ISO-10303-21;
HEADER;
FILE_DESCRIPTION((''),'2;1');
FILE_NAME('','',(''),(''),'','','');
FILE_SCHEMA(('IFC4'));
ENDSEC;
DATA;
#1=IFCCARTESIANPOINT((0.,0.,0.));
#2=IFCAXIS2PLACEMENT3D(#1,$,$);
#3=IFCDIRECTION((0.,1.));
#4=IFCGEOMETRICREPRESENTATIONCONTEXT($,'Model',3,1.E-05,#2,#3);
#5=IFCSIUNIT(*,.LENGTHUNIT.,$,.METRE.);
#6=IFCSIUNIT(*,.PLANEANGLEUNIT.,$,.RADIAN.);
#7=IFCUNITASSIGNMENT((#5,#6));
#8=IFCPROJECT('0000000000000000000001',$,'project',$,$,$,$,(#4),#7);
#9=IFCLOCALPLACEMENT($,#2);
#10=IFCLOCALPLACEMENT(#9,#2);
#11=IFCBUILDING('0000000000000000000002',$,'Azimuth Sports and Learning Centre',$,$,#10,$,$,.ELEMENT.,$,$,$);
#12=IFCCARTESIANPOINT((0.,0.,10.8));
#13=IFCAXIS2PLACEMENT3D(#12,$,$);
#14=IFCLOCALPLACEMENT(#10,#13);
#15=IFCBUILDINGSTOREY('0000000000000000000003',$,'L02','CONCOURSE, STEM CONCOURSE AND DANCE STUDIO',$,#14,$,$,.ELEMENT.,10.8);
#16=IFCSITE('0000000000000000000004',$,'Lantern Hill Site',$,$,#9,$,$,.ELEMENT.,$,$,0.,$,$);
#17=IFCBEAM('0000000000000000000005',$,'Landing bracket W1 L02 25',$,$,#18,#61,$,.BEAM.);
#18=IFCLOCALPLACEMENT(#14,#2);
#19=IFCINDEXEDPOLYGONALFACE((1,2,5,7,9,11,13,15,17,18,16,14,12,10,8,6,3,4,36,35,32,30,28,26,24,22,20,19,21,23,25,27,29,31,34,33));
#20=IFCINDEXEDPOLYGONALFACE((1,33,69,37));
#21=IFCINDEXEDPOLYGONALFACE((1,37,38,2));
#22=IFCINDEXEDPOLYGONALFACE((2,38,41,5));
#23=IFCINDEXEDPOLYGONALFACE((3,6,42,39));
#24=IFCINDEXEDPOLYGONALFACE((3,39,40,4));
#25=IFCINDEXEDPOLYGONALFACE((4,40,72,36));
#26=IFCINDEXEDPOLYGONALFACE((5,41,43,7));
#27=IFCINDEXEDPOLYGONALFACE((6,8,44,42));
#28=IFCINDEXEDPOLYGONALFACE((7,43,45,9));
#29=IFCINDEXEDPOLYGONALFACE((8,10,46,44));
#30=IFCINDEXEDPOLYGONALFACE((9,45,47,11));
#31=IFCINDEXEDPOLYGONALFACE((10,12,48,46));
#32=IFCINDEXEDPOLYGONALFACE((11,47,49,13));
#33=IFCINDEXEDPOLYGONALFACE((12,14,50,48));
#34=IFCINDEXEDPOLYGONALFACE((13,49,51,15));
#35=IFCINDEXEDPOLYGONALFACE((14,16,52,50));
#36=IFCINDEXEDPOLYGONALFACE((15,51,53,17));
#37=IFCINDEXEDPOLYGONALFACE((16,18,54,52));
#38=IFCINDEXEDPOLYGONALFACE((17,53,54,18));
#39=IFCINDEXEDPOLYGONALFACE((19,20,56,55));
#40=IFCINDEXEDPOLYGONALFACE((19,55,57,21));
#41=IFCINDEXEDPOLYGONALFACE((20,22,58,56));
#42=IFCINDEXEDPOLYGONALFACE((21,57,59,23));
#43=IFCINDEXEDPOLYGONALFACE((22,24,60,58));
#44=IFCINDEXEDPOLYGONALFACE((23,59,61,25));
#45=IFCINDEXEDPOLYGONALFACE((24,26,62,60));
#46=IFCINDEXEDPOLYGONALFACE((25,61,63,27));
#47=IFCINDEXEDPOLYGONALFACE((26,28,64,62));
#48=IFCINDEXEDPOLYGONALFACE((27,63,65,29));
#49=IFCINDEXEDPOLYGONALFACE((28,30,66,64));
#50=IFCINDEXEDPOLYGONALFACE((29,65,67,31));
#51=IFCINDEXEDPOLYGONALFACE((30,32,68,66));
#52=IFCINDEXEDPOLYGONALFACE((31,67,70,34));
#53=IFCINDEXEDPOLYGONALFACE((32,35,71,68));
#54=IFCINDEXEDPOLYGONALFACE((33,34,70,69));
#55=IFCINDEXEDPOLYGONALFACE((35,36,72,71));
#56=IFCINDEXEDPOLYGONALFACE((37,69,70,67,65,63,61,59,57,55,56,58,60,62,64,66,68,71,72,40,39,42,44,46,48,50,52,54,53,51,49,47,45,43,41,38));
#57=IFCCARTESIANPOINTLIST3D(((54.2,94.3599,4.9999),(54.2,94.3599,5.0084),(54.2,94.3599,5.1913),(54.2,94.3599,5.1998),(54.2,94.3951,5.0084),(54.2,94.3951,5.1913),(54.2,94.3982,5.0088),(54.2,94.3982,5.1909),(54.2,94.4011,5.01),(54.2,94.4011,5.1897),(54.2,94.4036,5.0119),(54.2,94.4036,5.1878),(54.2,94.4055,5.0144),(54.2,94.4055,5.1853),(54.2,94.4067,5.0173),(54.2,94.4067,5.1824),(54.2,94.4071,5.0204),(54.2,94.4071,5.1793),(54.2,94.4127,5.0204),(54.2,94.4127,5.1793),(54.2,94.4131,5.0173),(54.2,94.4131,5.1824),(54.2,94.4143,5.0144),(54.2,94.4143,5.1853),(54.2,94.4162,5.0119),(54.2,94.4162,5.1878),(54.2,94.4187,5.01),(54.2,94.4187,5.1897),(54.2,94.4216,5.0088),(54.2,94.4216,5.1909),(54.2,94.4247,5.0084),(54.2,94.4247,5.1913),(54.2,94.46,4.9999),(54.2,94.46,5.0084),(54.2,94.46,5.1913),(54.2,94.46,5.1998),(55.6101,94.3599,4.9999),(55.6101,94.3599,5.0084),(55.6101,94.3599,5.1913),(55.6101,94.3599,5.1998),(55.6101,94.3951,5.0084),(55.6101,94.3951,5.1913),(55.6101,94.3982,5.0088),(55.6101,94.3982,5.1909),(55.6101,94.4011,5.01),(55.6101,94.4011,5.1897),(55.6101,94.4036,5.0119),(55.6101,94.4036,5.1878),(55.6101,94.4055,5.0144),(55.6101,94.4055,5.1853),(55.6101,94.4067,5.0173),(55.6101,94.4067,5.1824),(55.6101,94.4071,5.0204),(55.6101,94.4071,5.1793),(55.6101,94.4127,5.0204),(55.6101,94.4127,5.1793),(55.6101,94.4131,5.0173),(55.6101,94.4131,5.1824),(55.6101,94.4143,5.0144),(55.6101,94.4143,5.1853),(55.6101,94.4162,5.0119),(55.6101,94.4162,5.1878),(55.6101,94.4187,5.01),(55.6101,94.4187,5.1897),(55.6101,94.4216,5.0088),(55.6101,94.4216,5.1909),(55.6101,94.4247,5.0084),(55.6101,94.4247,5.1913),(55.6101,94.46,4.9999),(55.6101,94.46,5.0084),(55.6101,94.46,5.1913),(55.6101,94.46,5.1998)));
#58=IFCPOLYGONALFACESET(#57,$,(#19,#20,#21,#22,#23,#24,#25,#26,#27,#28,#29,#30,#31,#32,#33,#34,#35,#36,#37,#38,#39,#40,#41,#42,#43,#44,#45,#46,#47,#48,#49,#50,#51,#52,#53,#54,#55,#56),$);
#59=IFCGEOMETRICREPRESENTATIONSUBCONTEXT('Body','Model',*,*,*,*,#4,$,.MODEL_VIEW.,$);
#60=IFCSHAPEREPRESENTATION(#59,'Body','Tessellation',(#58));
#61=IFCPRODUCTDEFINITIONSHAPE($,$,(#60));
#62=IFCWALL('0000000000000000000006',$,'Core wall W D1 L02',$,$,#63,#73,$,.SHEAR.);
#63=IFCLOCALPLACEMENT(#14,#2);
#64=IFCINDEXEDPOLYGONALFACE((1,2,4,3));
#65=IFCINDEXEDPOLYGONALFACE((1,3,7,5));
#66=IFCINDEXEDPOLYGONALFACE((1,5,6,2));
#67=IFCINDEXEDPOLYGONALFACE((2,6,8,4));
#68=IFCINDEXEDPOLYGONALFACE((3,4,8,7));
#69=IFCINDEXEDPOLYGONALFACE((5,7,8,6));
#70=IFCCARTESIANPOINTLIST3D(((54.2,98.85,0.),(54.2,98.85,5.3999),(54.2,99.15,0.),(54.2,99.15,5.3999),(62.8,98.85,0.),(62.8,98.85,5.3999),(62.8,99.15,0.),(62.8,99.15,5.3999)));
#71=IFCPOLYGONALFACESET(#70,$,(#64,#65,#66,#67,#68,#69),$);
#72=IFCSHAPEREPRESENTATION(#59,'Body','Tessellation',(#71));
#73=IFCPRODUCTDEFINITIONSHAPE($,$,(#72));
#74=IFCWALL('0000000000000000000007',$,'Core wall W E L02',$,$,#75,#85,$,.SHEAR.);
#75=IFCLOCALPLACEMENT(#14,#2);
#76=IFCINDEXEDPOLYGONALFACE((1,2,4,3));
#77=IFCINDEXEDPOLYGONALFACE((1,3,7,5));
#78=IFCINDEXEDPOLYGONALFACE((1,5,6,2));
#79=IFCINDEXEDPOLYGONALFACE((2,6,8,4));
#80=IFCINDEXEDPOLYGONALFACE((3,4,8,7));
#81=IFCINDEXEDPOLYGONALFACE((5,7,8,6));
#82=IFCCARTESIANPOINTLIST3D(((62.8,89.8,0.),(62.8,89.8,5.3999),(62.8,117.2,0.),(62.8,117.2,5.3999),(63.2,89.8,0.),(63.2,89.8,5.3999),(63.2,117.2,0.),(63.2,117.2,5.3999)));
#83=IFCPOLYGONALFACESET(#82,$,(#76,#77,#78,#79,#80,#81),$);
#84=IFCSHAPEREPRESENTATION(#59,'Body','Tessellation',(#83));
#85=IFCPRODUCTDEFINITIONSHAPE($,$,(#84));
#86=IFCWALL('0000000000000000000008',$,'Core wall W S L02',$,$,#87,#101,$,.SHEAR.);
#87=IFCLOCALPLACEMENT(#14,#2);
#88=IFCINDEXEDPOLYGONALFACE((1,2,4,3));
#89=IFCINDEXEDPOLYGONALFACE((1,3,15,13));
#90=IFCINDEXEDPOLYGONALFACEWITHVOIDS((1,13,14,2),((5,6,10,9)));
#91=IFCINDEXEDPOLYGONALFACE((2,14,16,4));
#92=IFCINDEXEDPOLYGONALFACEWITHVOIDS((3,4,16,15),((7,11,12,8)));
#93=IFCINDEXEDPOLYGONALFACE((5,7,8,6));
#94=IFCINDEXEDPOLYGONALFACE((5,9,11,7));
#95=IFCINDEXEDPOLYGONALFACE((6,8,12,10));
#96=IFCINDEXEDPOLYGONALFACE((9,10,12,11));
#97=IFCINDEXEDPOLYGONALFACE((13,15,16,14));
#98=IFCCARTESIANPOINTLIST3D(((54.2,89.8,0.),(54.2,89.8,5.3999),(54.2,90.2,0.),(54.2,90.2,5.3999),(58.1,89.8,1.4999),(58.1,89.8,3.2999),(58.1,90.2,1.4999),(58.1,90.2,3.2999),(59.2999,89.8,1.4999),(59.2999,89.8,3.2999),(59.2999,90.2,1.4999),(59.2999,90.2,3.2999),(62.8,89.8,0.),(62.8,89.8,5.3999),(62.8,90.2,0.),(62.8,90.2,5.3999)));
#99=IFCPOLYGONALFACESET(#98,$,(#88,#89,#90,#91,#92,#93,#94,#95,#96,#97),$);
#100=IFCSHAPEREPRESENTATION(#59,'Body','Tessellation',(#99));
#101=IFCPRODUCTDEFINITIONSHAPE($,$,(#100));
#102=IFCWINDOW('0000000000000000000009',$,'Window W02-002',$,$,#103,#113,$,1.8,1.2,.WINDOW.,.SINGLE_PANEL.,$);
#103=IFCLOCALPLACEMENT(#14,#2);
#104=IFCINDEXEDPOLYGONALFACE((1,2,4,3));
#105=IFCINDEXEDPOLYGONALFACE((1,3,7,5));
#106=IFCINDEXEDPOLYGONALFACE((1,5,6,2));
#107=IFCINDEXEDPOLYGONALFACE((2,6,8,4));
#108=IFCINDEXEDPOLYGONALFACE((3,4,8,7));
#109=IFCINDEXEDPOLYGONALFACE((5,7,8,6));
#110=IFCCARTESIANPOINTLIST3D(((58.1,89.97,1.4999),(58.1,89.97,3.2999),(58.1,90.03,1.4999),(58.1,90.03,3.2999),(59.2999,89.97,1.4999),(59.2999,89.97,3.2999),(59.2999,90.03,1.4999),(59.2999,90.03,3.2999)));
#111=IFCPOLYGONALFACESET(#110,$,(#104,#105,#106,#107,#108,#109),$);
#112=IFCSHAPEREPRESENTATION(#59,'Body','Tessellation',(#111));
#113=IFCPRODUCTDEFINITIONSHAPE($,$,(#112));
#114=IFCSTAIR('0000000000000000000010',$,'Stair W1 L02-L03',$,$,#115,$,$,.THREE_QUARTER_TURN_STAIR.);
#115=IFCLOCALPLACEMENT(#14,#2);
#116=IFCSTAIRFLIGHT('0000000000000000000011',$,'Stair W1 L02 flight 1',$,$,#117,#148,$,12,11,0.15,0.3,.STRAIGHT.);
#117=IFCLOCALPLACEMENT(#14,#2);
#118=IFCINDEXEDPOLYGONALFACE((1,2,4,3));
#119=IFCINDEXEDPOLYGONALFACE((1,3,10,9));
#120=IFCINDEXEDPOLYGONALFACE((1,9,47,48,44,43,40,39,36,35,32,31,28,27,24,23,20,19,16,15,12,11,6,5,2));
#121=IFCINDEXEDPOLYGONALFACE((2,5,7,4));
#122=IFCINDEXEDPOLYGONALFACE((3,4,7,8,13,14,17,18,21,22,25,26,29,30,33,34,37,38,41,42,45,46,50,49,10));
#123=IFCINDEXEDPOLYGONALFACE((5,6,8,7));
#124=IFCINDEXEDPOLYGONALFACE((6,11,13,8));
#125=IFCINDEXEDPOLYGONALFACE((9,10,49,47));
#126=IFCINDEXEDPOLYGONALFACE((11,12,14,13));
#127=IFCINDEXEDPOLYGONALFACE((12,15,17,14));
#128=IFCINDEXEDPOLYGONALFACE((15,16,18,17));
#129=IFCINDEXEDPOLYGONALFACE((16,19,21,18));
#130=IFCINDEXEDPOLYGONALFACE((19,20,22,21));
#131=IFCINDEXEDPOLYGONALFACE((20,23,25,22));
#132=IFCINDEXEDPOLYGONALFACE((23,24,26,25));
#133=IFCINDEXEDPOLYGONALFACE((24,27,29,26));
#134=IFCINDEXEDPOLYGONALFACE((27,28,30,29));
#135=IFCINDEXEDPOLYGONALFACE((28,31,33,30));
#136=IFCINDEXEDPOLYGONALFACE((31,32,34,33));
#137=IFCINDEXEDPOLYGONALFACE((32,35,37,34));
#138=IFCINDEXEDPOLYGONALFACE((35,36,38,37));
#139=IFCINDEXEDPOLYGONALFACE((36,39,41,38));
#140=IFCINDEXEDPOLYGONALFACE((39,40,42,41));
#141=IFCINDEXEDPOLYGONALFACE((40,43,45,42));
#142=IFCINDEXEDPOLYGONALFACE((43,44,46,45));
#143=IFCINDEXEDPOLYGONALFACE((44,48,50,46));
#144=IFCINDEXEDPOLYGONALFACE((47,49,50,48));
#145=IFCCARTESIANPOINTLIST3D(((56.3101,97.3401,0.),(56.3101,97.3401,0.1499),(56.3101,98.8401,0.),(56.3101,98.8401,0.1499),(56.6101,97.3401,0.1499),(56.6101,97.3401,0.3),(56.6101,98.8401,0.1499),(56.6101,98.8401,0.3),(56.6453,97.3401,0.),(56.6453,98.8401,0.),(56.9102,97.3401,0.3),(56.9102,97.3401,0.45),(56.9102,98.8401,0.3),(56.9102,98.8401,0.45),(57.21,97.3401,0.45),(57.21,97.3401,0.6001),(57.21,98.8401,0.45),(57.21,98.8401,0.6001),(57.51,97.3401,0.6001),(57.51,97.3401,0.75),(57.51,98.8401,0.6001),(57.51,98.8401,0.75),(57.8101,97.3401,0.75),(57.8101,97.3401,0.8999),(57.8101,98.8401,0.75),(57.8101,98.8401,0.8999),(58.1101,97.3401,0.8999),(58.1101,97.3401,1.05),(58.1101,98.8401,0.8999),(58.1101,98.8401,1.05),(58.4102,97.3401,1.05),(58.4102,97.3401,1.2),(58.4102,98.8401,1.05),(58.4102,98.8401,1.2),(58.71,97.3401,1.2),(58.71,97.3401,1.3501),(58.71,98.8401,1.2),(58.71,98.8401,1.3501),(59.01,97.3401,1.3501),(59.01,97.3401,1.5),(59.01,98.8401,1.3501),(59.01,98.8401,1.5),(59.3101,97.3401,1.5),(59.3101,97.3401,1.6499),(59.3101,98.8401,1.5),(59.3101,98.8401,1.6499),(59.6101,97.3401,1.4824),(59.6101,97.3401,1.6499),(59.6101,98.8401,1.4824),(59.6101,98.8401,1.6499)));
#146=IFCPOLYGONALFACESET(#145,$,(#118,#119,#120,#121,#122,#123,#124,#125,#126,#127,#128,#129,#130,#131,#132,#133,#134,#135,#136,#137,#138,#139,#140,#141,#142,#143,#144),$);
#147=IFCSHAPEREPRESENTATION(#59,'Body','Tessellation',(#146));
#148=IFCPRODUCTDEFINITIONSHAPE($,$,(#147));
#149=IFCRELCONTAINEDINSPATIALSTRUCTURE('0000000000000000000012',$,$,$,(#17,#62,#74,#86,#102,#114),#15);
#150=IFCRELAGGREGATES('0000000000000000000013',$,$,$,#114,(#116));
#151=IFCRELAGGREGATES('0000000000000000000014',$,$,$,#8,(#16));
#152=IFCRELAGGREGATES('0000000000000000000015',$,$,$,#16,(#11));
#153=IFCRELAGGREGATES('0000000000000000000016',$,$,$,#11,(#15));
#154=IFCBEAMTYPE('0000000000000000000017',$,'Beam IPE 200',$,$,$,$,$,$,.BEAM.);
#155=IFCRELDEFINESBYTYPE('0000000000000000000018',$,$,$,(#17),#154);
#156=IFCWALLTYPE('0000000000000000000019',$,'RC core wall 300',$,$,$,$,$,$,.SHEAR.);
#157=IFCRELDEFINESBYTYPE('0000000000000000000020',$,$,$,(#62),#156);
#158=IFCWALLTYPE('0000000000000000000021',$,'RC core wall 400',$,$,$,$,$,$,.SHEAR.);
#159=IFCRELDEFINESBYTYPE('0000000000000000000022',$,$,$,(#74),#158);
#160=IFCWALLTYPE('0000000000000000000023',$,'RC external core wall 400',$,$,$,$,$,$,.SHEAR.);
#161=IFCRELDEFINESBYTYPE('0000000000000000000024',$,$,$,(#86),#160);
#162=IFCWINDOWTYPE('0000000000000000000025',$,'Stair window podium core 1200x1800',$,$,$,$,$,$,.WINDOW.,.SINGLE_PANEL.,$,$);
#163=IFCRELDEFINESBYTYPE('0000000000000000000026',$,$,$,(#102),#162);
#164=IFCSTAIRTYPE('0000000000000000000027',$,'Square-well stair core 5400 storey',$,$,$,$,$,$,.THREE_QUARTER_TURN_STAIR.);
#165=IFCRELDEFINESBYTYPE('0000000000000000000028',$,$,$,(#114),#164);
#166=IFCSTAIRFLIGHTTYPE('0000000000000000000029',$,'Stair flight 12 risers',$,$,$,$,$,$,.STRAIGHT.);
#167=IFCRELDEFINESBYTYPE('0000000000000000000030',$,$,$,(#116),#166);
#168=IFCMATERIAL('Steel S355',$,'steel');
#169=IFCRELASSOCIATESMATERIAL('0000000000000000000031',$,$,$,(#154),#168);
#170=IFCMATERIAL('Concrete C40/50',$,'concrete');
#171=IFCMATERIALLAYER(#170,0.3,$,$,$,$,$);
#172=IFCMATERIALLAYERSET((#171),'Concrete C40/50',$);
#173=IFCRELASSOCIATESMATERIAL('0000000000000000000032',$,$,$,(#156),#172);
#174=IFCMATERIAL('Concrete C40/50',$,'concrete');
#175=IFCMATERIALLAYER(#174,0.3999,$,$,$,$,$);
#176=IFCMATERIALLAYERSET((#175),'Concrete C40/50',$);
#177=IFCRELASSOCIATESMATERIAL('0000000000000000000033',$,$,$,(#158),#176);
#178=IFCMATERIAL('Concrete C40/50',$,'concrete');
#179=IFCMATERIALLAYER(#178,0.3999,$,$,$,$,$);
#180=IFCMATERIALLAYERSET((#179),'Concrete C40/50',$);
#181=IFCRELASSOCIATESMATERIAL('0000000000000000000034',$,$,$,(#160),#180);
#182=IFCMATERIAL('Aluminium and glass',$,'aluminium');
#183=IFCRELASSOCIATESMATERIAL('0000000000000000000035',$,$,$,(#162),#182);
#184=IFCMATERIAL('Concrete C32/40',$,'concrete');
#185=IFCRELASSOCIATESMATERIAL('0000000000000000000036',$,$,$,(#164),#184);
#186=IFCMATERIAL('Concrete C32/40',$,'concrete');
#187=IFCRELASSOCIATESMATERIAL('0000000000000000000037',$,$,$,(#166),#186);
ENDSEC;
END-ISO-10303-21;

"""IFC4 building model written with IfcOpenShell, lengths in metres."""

from ifc_helpers import new_model, si_unit, direction, frame, frame_2d, origin, origin_2d, place, context, subcontext, project, spatial, polyline, rectangle, i_section, outline, extrude, material, layer, layer_set, material_profile, profile_set, type_object, element, fill, aggregate, save


model = new_model("IFC4")

# Units and contexts
model_context = context("Model", 3, precision=1e-05, world=origin(), true_north=direction((0.0, 1.0)))
body_context = subcontext(model_context, "Body", "Model", "MODEL_VIEW")
ifc_project = project(units=[si_unit("LENGTHUNIT", "METRE"), si_unit("PLANEANGLEUNIT", "RADIAN")], contexts=[model_context])

# Site, building, storey
site_placement = place(None, origin())
site = spatial("IfcSite", under=ifc_project, at=site_placement, Name="Lantern Hill Site", CompositionType="ELEMENT", RefElevation=0.0)
building_placement = place(site_placement, origin())
building = spatial("IfcBuilding", under=site, at=building_placement, Name="Azimuth Sports and Learning Centre", CompositionType="ELEMENT")
storey_placement = place(building_placement, frame((0.0, 0.0, 10.8)))
storey = spatial("IfcBuildingStorey", under=building, at=storey_placement, Name="L02", Description="CONCOURSE, STEM CONCOURSE AND DANCE STUDIO", CompositionType="ELEMENT", Elevation=10.8)

# Beam
ifc_material_1 = material(Name="Steel S355", Category="steel")
ifc_material_profile = material_profile(ifc_material_1, i_section(OverallWidth=0.1001, OverallDepth=0.2, WebThickness=0.0056, FlangeThickness=0.0085, FilletRadius=0.012, at=origin_2d()), Name="IPE 200")
ifc_profile_set = profile_set([ifc_material_profile], Name="Steel S355")
beam_type = type_object("IfcBeamType", Name="Beam IPE 200", PredefinedType="BEAM", material=ifc_profile_set)
for number, where, z_axis, x_axis, name in (
    (1, (54.2, 94.4099, 5.0999), (1.0, 0.0, 0.0), (0.0, 1.0, 0.0), "Landing bracket W1 L02 25"),
):
    element("IfcBeam", number, at=place(storey_placement, frame(where, z_axis=z_axis, x_axis=x_axis)), inside=storey, type_object=beam_type, Name=name, PredefinedType="BEAM", context=body_context, shape_type="SweptSolid", body=[
        extrude(i_section(OverallWidth=0.1001, OverallDepth=0.2, WebThickness=0.0056, FlangeThickness=0.0085, FilletRadius=0.012, at=origin_2d()), origin(), (0.0, 0.0, 1.0), 1.4102),
    ])

# Walls
ifc_material_2 = material(Name="Concrete C40/50", Category="concrete")
ifc_layer_1 = layer(ifc_material_2, 0.3)
ifc_layer_set_1 = layer_set([ifc_layer_1], Name="Concrete C40/50")
wall_type_1 = type_object("IfcWallType", Name="RC core wall 300", PredefinedType="SHEAR", material=ifc_layer_set_1)
wall_1_placement = place(storey_placement, frame((54.2, 99.0, 0.0), z_axis=(0.0, 0.0, 1.0), x_axis=(1.0, 0.0, 0.0)))
element("IfcWall", 2, at=wall_1_placement, inside=storey, type_object=wall_type_1, Name="Core wall W D1 L02", PredefinedType="SHEAR", context=body_context, shape_type="SweptSolid", body=[
    extrude(rectangle(XDim=8.6001, YDim=0.3, at=frame_2d((4.3, 0.0))), origin(), (0.0, 0.0, 1.0), 5.3999),
])
ifc_material_3 = material(Name="Concrete C40/50", Category="concrete")
ifc_layer_2 = layer(ifc_material_3, 0.3999)
ifc_layer_set_2 = layer_set([ifc_layer_2], Name="Concrete C40/50")
wall_type_2 = type_object("IfcWallType", Name="RC core wall 400", PredefinedType="SHEAR", material=ifc_layer_set_2)
wall_2_placement = place(storey_placement, frame((63.0, 89.8, 0.0), z_axis=(0.0, 0.0, 1.0), x_axis=(0.0, 1.0, 0.0)))
element("IfcWall", 3, at=wall_2_placement, inside=storey, type_object=wall_type_2, Name="Core wall W E L02", PredefinedType="SHEAR", context=body_context, shape_type="SweptSolid", body=[
    extrude(rectangle(XDim=27.3999, YDim=0.3999, at=frame_2d((13.7, 0.0))), origin(), (0.0, 0.0, 1.0), 5.3999),
])

# Wall, opening, window
ifc_material_4 = material(Name="Concrete C40/50", Category="concrete")
ifc_layer_3 = layer(ifc_material_4, 0.3999)
ifc_layer_set_3 = layer_set([ifc_layer_3], Name="Concrete C40/50")
wall_type_3 = type_object("IfcWallType", Name="RC external core wall 400", PredefinedType="SHEAR", material=ifc_layer_set_3)
wall_3_placement = place(storey_placement, frame((54.2, 90.0, 0.0), z_axis=(0.0, 0.0, 1.0), x_axis=(1.0, 0.0, 0.0)))
wall_3 = element("IfcWall", 4, at=wall_3_placement, inside=storey, type_object=wall_type_3, Name="Core wall W S L02", PredefinedType="SHEAR", context=body_context, shape_type="SweptSolid", body=[
    extrude(rectangle(XDim=8.6001, YDim=0.3999, at=frame_2d((4.3, 0.0))), origin(), (0.0, 0.0, 1.0), 5.3999),
])
opening_placement = place(wall_3_placement, frame((3.8999, 0.0, 1.5)))
opening = element("IfcOpeningElement", 5, at=opening_placement, cuts=wall_3, PredefinedType="OPENING", context=body_context, shape_type="SweptSolid", body=[
    extrude(rectangle(XDim=1.2, YDim=1.8, at=frame_2d((0.6001, 0.8999))), frame((0.0, 0.2109, 0.0), z_axis=(0.0, -1.0, 0.0), x_axis=(1.0, 0.0, 0.0)), (0.0, 0.0, 1.0), 0.4219),
])
ifc_material_5 = material(Name="Aluminium and glass", Category="aluminium")
window_type = type_object("IfcWindowType", Name="Stair window podium core 1200x1800", PartitioningType="SINGLE_PANEL", PredefinedType="WINDOW", material=ifc_material_5)
window_placement = place(opening_placement, origin())
window = element("IfcWindow", 6, at=window_placement, inside=storey, type_object=window_type, Name="Window W02-002", OverallHeight=1.8, OverallWidth=1.2, PartitioningType="SINGLE_PANEL", PredefinedType="WINDOW", context=body_context, shape_type="SweptSolid", body=[
    extrude(rectangle(XDim=1.2, YDim=1.8, at=frame_2d((0.6001, 0.8999))), frame((0.0, 0.03, 0.0), z_axis=(0.0, -1.0, 0.0), x_axis=(1.0, 0.0, 0.0)), (0.0, 0.0, 1.0), 0.0601),
])
fill(opening, window)

# Stair, stair flight
ifc_material_6 = material(Name="Concrete C32/40", Category="concrete")
stair_type = type_object("IfcStairType", Name="Square-well stair core 5400 storey", PredefinedType="THREE_QUARTER_TURN_STAIR", material=ifc_material_6)
stair_placement = place(storey_placement, origin())
stair = element("IfcStair", 7, at=stair_placement, inside=storey, type_object=stair_type, Name="Stair W1 L02-L03", PredefinedType="THREE_QUARTER_TURN_STAIR")
ifc_material_7 = material(Name="Concrete C32/40", Category="concrete")
stair_flight_type = type_object("IfcStairFlightType", Name="Stair flight 12 risers", PredefinedType="STRAIGHT", material=ifc_material_7)
stair_flight_1_placement = place(storey_placement, frame((56.3101, 98.0901, 0.0), z_axis=(0.0, 0.0, 1.0), x_axis=(1.0, 0.0, 0.0)))
stair_flight_1 = element("IfcStairFlight", 8, at=stair_flight_1_placement, type_object=stair_flight_type, Name="Stair W1 L02 flight 1", NumberOfRisers=12, NumberOfTreads=11, PredefinedType="STRAIGHT", RiserHeight=0.15, TreadLength=0.3, context=body_context, shape_type="SweptSolid", body=[
    extrude(outline(polyline([(0.0, 0.0), (0.0, 0.1499), (0.3, 0.1499), (0.3, 0.3), (0.6001, 0.3), (0.6001, 0.45), (0.8999, 0.45), (0.8999, 0.6001), (1.2, 0.6001), (1.2, 0.75), (1.5, 0.75), (1.5, 0.8999), (1.8, 0.8999), (1.8, 1.05), (2.1001, 1.05), (2.1001, 1.2), (2.3999, 1.2), (2.3999, 1.3501), (2.7, 1.3501), (2.7, 1.5), (3.0, 1.5), (3.0, 1.6499), (3.3, 1.6499), (3.3, 1.8), (3.3, 1.4824), (0.3352, 0.0), (0.0, 0.0)])), frame((0.0, 0.75, 0.0), z_axis=(0.0, -1.0, 0.0), x_axis=(1.0, 0.0, 0.0)), (0.0, 0.0, 1.0), 1.5),
])
aggregate(stair, [stair_flight_1])

save(model, "model.ifc")
